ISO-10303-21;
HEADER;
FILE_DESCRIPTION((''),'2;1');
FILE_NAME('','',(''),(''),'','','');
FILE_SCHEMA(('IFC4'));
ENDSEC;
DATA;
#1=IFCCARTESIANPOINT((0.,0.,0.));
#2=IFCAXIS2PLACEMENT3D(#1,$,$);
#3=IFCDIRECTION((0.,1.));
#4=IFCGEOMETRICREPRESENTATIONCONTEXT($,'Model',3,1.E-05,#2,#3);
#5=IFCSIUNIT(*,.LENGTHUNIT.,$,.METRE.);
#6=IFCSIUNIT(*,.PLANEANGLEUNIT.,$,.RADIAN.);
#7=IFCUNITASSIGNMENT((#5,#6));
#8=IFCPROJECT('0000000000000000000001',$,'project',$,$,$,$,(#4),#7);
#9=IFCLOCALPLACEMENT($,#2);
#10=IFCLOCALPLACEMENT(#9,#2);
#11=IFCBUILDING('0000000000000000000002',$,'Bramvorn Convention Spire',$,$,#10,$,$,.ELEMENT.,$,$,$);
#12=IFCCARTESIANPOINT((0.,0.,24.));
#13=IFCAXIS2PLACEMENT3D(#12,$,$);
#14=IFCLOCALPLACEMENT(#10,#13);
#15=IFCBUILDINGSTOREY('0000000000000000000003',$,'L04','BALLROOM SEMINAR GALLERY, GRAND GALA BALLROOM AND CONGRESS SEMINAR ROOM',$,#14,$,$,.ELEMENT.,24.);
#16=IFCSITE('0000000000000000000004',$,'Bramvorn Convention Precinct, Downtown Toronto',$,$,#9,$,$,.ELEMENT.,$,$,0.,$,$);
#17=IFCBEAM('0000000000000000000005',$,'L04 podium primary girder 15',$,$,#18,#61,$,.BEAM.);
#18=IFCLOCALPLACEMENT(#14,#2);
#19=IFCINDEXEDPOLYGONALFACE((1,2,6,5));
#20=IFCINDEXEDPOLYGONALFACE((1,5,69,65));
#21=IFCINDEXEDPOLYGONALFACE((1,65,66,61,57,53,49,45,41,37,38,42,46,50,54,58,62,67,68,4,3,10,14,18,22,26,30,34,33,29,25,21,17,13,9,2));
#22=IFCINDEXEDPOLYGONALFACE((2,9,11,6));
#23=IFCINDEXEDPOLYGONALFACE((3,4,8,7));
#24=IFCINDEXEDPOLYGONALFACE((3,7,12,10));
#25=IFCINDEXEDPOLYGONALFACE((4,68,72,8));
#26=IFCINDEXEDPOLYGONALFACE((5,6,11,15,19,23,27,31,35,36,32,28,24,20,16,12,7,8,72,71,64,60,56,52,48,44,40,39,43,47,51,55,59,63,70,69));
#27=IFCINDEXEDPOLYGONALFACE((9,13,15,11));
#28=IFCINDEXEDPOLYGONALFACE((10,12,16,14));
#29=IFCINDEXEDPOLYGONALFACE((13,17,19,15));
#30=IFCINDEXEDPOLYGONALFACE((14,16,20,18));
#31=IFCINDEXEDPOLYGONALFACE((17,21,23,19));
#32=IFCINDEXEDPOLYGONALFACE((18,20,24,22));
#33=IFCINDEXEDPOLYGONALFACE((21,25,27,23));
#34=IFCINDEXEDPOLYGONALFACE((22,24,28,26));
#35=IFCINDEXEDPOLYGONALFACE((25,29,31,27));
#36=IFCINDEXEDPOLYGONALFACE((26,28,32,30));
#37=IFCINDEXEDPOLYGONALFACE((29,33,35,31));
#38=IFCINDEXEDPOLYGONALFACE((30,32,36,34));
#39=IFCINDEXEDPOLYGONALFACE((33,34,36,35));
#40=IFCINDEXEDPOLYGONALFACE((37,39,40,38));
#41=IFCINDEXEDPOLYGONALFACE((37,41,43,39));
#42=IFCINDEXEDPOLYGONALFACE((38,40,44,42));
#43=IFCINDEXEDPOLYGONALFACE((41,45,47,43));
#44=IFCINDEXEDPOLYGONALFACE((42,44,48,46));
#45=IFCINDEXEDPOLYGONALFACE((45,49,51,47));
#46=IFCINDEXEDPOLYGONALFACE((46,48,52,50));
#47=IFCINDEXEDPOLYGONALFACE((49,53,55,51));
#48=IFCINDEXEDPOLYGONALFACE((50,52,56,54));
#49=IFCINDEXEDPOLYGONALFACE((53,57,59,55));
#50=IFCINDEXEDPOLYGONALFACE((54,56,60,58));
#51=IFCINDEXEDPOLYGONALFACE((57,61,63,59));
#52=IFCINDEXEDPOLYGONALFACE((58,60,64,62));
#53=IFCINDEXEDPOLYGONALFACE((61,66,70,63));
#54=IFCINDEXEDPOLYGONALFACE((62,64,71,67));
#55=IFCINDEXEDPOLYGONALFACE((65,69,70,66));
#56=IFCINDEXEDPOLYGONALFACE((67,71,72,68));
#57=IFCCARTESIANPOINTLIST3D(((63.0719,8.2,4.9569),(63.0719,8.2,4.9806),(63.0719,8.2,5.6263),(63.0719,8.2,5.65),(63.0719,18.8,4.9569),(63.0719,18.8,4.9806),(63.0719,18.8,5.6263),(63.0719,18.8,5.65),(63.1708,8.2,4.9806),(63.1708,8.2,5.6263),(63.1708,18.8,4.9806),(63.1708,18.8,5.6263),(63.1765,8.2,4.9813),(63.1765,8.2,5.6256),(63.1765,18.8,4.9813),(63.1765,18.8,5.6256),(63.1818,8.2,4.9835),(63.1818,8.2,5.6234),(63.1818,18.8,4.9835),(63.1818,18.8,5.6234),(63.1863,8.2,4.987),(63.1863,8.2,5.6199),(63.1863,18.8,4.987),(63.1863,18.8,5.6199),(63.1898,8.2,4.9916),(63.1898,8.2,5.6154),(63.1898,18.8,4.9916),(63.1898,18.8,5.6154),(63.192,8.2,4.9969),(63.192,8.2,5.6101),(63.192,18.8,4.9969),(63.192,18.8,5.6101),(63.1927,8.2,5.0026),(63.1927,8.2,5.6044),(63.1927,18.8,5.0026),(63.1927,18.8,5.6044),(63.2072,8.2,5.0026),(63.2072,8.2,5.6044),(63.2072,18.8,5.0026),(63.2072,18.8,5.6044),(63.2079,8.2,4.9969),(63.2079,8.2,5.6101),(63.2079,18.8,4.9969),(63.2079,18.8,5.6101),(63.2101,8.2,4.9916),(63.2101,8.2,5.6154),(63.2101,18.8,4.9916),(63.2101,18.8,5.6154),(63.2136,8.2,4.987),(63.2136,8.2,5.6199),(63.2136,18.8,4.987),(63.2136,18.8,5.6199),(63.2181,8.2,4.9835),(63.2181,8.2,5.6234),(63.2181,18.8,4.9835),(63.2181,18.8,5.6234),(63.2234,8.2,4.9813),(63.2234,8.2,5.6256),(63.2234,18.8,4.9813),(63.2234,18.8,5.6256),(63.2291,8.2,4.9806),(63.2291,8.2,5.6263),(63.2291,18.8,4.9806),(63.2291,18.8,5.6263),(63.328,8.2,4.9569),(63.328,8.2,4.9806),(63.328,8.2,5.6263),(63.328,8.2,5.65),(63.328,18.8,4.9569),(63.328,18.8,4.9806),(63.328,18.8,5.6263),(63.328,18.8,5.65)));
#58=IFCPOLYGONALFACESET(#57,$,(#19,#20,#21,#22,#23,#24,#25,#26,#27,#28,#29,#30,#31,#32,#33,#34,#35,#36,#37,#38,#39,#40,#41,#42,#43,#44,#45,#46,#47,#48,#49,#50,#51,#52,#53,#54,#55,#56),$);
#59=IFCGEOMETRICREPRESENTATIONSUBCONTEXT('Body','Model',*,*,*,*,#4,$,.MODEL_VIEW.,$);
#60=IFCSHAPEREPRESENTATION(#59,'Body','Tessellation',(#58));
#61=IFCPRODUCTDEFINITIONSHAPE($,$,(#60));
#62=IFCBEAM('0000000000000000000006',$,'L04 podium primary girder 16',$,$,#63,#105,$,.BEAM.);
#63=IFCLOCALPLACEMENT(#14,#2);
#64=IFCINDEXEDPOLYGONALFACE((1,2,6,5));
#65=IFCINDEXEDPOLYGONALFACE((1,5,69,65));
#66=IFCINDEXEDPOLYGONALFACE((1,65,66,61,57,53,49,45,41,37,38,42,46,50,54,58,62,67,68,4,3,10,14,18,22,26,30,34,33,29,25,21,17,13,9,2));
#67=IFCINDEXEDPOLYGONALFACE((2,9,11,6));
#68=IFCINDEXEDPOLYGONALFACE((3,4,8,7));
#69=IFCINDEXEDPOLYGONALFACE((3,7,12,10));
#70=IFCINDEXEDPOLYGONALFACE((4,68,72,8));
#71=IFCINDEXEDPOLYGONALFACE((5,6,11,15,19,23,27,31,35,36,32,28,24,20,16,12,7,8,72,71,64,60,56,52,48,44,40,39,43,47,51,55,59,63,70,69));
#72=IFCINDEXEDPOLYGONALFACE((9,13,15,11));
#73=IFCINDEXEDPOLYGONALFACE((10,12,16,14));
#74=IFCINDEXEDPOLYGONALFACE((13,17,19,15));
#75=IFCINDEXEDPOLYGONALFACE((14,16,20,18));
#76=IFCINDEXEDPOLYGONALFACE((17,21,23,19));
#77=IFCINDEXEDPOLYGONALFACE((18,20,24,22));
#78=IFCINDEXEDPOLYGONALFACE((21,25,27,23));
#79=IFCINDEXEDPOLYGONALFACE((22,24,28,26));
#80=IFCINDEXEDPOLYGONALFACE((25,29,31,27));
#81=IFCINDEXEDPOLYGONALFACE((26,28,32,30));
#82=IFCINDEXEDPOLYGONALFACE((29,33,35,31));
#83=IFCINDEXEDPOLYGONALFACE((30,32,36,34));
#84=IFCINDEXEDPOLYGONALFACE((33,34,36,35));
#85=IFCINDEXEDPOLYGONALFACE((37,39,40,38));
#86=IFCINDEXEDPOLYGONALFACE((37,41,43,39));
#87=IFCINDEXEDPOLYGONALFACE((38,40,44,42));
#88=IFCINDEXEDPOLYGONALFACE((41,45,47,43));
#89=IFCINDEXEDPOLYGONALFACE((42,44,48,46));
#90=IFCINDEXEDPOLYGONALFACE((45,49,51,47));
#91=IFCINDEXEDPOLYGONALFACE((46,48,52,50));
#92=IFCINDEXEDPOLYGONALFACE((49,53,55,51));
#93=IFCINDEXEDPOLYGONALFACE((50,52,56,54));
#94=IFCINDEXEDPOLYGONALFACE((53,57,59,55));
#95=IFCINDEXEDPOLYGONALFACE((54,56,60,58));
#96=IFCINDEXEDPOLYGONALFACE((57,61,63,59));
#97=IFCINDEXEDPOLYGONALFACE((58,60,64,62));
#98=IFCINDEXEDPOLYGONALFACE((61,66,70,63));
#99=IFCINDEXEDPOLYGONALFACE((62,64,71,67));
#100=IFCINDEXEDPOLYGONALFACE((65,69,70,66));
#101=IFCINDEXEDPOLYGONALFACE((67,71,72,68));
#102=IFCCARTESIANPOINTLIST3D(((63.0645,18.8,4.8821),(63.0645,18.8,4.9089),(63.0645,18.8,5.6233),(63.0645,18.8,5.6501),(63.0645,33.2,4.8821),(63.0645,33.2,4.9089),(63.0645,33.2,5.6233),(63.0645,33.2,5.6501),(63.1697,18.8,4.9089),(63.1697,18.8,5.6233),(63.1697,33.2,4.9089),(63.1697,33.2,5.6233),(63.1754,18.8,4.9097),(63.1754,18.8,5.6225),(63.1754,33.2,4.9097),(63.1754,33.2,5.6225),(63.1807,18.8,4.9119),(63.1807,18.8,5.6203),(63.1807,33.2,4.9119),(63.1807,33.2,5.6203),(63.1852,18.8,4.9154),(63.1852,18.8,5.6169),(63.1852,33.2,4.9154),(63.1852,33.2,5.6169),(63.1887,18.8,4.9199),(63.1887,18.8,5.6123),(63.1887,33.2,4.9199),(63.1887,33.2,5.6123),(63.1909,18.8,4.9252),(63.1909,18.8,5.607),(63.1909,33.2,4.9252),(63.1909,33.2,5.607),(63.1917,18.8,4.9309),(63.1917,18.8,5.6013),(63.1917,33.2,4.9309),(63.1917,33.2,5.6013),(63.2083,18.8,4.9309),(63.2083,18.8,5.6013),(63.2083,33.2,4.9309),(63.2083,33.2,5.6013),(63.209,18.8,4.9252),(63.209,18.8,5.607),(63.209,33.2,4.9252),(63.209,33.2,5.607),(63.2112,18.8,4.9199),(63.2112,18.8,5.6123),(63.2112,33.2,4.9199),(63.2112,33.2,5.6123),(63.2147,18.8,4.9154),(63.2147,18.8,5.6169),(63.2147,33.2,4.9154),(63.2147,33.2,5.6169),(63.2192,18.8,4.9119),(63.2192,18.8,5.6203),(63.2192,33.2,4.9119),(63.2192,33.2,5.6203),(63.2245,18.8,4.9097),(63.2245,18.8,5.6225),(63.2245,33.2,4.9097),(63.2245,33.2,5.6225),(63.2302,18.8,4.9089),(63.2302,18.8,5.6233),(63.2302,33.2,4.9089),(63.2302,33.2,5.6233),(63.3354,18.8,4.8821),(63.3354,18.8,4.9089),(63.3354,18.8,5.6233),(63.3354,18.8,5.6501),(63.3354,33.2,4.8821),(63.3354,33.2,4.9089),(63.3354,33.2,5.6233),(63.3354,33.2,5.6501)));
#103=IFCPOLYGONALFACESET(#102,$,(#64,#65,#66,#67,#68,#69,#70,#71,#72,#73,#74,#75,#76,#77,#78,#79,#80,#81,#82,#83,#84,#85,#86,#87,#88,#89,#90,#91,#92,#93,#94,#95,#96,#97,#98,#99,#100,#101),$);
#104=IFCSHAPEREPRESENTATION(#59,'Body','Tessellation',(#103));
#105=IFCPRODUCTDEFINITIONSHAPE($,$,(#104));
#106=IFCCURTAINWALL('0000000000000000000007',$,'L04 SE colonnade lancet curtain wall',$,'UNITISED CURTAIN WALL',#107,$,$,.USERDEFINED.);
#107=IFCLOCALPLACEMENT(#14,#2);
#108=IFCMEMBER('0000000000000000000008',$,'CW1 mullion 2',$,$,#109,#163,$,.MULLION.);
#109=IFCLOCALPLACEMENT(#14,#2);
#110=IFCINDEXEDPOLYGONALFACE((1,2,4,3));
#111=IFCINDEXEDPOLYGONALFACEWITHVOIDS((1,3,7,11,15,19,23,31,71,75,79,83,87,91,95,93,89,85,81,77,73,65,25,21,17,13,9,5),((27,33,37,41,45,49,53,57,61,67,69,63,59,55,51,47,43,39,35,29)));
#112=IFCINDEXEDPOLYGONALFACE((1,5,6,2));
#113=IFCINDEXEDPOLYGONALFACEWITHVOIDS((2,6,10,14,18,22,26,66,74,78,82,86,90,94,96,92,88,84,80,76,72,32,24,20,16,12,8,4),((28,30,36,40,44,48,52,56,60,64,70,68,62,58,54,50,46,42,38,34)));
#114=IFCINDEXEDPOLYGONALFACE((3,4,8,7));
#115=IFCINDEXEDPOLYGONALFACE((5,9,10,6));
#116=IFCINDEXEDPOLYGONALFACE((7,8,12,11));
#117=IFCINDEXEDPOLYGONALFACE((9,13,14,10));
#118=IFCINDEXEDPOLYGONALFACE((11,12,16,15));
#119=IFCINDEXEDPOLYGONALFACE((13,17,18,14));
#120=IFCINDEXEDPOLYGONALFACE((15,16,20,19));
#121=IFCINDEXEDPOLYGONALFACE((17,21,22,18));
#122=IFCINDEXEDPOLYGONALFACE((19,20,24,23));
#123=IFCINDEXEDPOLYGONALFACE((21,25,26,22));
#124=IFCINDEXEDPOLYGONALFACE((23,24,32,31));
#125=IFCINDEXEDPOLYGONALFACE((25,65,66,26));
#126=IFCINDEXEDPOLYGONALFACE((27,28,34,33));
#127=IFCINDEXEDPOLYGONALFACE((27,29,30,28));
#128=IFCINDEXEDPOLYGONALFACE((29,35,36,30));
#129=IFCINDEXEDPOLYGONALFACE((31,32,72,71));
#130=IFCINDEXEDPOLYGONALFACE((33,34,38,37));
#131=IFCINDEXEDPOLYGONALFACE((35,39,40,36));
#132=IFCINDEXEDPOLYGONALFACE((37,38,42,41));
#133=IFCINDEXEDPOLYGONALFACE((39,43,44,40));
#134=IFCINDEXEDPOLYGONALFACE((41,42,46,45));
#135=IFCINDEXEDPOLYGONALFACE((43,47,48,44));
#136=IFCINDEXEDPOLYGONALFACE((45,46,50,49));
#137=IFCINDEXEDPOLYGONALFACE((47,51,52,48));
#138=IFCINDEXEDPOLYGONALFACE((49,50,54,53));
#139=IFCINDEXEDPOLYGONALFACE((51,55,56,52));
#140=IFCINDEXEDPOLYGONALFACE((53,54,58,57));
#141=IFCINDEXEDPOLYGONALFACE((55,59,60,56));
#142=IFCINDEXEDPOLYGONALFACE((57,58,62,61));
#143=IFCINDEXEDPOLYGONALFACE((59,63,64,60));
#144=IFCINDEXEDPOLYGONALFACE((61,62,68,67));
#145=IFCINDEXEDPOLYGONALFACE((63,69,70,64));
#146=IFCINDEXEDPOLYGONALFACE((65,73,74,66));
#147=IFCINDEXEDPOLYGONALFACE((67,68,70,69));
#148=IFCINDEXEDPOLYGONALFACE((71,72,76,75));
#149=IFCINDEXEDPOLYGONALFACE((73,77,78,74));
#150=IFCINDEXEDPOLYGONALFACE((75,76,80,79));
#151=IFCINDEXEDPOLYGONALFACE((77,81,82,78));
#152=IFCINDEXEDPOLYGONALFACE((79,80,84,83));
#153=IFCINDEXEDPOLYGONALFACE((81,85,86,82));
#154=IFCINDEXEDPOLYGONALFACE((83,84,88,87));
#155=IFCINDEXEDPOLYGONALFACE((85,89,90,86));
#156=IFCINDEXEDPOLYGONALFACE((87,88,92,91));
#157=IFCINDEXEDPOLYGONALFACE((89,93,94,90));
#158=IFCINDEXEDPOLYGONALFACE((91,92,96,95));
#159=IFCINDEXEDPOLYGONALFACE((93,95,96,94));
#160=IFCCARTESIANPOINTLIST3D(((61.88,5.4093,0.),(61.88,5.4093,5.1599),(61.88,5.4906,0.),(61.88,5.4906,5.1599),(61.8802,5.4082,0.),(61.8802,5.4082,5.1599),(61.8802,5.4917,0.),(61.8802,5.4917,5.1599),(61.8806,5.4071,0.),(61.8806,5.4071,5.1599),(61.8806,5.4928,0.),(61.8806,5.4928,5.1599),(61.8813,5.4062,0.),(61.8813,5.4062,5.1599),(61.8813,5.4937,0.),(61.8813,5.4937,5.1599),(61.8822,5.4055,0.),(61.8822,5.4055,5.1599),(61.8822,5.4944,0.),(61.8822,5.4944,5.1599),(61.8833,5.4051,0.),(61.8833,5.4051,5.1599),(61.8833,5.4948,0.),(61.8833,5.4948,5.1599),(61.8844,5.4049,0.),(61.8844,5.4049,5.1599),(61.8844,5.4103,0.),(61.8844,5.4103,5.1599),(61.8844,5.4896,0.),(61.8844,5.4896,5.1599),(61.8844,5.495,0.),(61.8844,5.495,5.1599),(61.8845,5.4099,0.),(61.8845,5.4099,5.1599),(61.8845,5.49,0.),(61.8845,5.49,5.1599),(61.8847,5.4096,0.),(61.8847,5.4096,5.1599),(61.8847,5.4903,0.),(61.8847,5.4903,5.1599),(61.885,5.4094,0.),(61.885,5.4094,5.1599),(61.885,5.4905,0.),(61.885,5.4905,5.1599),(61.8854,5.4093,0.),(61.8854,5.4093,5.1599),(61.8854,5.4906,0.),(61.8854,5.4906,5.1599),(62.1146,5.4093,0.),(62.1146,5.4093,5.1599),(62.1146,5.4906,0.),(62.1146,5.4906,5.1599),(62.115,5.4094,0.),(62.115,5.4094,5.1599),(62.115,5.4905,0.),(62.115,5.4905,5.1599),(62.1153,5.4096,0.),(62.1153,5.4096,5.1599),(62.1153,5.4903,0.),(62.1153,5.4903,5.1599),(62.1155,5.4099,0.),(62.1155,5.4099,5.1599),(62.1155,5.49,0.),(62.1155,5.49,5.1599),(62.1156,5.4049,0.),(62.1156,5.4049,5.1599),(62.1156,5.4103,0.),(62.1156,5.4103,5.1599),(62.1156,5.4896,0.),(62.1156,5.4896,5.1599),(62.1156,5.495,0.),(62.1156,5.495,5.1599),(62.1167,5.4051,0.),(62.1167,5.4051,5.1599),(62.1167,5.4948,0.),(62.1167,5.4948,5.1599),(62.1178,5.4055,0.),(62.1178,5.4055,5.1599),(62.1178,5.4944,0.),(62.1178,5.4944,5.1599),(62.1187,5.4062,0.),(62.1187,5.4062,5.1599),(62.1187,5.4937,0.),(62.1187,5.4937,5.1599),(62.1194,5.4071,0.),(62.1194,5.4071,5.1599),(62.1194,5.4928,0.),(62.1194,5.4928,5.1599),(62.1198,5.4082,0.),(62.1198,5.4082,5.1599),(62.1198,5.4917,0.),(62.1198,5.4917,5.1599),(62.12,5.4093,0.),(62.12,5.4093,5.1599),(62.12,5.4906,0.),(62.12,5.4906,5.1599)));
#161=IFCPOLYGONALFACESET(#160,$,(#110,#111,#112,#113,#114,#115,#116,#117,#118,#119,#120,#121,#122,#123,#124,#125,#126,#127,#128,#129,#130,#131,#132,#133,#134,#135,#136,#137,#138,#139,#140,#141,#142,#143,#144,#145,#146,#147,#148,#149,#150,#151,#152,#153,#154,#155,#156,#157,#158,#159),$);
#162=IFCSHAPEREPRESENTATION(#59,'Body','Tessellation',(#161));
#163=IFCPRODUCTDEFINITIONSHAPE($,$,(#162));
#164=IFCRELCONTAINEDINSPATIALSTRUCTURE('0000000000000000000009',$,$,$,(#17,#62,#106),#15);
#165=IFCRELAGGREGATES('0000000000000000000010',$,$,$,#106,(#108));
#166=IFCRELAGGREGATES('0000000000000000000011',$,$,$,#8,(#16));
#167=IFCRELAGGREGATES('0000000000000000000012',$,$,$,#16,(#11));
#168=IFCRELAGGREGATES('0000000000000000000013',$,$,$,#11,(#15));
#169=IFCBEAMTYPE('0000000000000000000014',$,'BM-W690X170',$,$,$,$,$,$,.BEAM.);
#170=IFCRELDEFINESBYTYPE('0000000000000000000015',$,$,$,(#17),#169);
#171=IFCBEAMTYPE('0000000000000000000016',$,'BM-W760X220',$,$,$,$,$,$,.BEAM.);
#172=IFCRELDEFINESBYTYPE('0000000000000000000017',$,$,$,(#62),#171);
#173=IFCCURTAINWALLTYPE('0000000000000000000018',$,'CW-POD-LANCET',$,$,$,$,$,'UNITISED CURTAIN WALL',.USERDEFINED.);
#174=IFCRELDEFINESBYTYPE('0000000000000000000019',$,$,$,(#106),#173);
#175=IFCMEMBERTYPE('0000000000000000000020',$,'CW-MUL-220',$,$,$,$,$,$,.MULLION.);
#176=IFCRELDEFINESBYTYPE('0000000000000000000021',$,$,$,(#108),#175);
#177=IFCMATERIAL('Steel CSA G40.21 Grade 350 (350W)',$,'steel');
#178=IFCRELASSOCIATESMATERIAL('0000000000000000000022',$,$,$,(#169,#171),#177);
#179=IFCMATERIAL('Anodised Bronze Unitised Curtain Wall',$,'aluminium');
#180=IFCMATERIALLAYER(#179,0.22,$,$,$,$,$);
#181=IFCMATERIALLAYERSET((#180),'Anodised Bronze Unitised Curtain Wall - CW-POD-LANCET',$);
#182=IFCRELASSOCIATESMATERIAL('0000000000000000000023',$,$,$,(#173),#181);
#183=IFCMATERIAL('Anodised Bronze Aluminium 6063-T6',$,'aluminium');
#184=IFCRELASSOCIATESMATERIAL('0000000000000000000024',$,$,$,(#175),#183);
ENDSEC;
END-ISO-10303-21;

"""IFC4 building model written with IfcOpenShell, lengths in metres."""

from ifc_helpers import new_model, si_unit, direction, frame, origin, origin_2d, place, context, subcontext, project, spatial, hollow_rectangle, i_section, extrude, material, layer, layer_set, material_profile, profile_set, type_object, element, aggregate, save


model = new_model("IFC4")

# Units and contexts
model_context = context("Model", 3, precision=1e-05, world=origin(), true_north=direction((0.0, 1.0)))
body_context = subcontext(model_context, "Body", "Model", "MODEL_VIEW")
ifc_project = project(units=[si_unit("LENGTHUNIT", "METRE"), si_unit("PLANEANGLEUNIT", "RADIAN")], contexts=[model_context])

# Site, building, storey
site_placement = place(None, origin())
site = spatial("IfcSite", under=ifc_project, at=site_placement, Name="Bramvorn Convention Precinct, Downtown Toronto", CompositionType="ELEMENT", RefElevation=0.0)
building_placement = place(site_placement, origin())
building = spatial("IfcBuilding", under=site, at=building_placement, Name="Bramvorn Convention Spire", CompositionType="ELEMENT")
storey_placement = place(building_placement, frame((0.0, 0.0, 24.0)))
storey = spatial("IfcBuildingStorey", under=building, at=storey_placement, Name="L04", Description="BALLROOM SEMINAR GALLERY, GRAND GALA BALLROOM AND CONGRESS SEMINAR ROOM", CompositionType="ELEMENT", Elevation=24.0)

# Shared definitions
ifc_material_1 = material(Name="Steel CSA G40.21 Grade 350 (350W)", Category="steel")

# Beams
ifc_material_profile_1 = material_profile(ifc_material_1, i_section(OverallWidth=0.2561, OverallDepth=0.6931, WebThickness=0.0144, FlangeThickness=0.0237, FilletRadius=0.022, at=origin_2d()))
ifc_profile_set_1 = profile_set([ifc_material_profile_1], Name="Steel CSA G40.21 Grade 350 (350W) - W690X170")
beam_type_1 = type_object("IfcBeamType", Name="BM-W690X170", PredefinedType="BEAM", material=ifc_profile_set_1)
beam_1_placement = place(storey_placement, frame((63.2, 8.2, 5.3035), z_axis=(0.0, 1.0, 0.0), x_axis=(-1.0, 0.0, 0.0)))
element("IfcBeam", 1, at=beam_1_placement, inside=storey, type_object=beam_type_1, Name="L04 podium primary girder 15", PredefinedType="BEAM", context=body_context, shape_type="SweptSolid", body=[
    extrude(i_section(OverallWidth=0.2561, OverallDepth=0.6931, WebThickness=0.0144, FlangeThickness=0.0237, FilletRadius=0.022, at=origin_2d()), origin(), (0.0, 0.0, 1.0), 10.6001),
])
ifc_material_profile_2 = material_profile(ifc_material_1, i_section(OverallWidth=0.271, OverallDepth=0.7681, WebThickness=0.0166, FlangeThickness=0.0269, FilletRadius=0.022, at=origin_2d()))
ifc_profile_set_2 = profile_set([ifc_material_profile_2], Name="Steel CSA G40.21 Grade 350 (350W) - W760X220")
beam_type_2 = type_object("IfcBeamType", Name="BM-W760X220", PredefinedType="BEAM", material=ifc_profile_set_2)
beam_2_placement = place(storey_placement, frame((63.2, 18.8, 5.2661), z_axis=(0.0, 1.0, 0.0), x_axis=(-1.0, 0.0, 0.0)))
element("IfcBeam", 2, at=beam_2_placement, inside=storey, type_object=beam_type_2, Name="L04 podium primary girder 16", PredefinedType="BEAM", context=body_context, shape_type="SweptSolid", body=[
    extrude(i_section(OverallWidth=0.271, OverallDepth=0.7681, WebThickness=0.0166, FlangeThickness=0.0269, FilletRadius=0.022, at=origin_2d()), origin(), (0.0, 0.0, 1.0), 14.3999),
])

# Curtain wall, member
ifc_material_2 = material(Name="Anodised Bronze Unitised Curtain Wall", Category="aluminium")
ifc_layer_1 = layer(ifc_material_2, 0.22)
ifc_layer_set_1 = layer_set([ifc_layer_1], Name="Anodised Bronze Unitised Curtain Wall - CW-POD-LANCET")
curtain_wall_type = type_object("IfcCurtainWallType", Name="CW-POD-LANCET", ElementType="UNITISED CURTAIN WALL", PredefinedType="USERDEFINED", material=ifc_layer_set_1)
curtain_wall_placement = place(storey_placement, origin())
curtain_wall = element("IfcCurtainWall", 3, at=curtain_wall_placement, inside=storey, type_object=curtain_wall_type, Name="L04 SE colonnade lancet curtain wall", ObjectType="UNITISED CURTAIN WALL", PredefinedType="USERDEFINED")
ifc_material_3 = material(Name="Anodised Bronze Aluminium 6063-T6", Category="aluminium")
ifc_material_profile_3 = material_profile(ifc_material_3, hollow_rectangle(XDim=0.0901, YDim=0.24, WallThickness=0.0044, InnerFilletRadius=0.001, OuterFilletRadius=0.0044, at=origin_2d()))
ifc_profile_set_3 = profile_set([ifc_material_profile_3], Name="Anodised Bronze Aluminium 6063-T6 - CWM90X240")
member_type_1 = type_object("IfcMemberType", Name="CW-MUL-220", PredefinedType="MULLION", material=ifc_profile_set_3)
member_1_placement = place(storey_placement, frame((62.0, 5.45, 0.0), z_axis=(0.0, 0.0, 1.0), x_axis=(0.0, 1.0, 0.0)))
member_1 = element("IfcMember", 4, at=member_1_placement, type_object=member_type_1, Name="CW1 mullion 2", PredefinedType="MULLION", context=body_context, shape_type="SweptSolid", body=[
    extrude(hollow_rectangle(XDim=0.0901, YDim=0.24, WallThickness=0.0044, InnerFilletRadius=0.001, OuterFilletRadius=0.0044, at=origin_2d()), origin(), (0.0, 0.0, 1.0), 5.1599),
])
aggregate(curtain_wall, [member_1])

save(model, "model.ifc")
